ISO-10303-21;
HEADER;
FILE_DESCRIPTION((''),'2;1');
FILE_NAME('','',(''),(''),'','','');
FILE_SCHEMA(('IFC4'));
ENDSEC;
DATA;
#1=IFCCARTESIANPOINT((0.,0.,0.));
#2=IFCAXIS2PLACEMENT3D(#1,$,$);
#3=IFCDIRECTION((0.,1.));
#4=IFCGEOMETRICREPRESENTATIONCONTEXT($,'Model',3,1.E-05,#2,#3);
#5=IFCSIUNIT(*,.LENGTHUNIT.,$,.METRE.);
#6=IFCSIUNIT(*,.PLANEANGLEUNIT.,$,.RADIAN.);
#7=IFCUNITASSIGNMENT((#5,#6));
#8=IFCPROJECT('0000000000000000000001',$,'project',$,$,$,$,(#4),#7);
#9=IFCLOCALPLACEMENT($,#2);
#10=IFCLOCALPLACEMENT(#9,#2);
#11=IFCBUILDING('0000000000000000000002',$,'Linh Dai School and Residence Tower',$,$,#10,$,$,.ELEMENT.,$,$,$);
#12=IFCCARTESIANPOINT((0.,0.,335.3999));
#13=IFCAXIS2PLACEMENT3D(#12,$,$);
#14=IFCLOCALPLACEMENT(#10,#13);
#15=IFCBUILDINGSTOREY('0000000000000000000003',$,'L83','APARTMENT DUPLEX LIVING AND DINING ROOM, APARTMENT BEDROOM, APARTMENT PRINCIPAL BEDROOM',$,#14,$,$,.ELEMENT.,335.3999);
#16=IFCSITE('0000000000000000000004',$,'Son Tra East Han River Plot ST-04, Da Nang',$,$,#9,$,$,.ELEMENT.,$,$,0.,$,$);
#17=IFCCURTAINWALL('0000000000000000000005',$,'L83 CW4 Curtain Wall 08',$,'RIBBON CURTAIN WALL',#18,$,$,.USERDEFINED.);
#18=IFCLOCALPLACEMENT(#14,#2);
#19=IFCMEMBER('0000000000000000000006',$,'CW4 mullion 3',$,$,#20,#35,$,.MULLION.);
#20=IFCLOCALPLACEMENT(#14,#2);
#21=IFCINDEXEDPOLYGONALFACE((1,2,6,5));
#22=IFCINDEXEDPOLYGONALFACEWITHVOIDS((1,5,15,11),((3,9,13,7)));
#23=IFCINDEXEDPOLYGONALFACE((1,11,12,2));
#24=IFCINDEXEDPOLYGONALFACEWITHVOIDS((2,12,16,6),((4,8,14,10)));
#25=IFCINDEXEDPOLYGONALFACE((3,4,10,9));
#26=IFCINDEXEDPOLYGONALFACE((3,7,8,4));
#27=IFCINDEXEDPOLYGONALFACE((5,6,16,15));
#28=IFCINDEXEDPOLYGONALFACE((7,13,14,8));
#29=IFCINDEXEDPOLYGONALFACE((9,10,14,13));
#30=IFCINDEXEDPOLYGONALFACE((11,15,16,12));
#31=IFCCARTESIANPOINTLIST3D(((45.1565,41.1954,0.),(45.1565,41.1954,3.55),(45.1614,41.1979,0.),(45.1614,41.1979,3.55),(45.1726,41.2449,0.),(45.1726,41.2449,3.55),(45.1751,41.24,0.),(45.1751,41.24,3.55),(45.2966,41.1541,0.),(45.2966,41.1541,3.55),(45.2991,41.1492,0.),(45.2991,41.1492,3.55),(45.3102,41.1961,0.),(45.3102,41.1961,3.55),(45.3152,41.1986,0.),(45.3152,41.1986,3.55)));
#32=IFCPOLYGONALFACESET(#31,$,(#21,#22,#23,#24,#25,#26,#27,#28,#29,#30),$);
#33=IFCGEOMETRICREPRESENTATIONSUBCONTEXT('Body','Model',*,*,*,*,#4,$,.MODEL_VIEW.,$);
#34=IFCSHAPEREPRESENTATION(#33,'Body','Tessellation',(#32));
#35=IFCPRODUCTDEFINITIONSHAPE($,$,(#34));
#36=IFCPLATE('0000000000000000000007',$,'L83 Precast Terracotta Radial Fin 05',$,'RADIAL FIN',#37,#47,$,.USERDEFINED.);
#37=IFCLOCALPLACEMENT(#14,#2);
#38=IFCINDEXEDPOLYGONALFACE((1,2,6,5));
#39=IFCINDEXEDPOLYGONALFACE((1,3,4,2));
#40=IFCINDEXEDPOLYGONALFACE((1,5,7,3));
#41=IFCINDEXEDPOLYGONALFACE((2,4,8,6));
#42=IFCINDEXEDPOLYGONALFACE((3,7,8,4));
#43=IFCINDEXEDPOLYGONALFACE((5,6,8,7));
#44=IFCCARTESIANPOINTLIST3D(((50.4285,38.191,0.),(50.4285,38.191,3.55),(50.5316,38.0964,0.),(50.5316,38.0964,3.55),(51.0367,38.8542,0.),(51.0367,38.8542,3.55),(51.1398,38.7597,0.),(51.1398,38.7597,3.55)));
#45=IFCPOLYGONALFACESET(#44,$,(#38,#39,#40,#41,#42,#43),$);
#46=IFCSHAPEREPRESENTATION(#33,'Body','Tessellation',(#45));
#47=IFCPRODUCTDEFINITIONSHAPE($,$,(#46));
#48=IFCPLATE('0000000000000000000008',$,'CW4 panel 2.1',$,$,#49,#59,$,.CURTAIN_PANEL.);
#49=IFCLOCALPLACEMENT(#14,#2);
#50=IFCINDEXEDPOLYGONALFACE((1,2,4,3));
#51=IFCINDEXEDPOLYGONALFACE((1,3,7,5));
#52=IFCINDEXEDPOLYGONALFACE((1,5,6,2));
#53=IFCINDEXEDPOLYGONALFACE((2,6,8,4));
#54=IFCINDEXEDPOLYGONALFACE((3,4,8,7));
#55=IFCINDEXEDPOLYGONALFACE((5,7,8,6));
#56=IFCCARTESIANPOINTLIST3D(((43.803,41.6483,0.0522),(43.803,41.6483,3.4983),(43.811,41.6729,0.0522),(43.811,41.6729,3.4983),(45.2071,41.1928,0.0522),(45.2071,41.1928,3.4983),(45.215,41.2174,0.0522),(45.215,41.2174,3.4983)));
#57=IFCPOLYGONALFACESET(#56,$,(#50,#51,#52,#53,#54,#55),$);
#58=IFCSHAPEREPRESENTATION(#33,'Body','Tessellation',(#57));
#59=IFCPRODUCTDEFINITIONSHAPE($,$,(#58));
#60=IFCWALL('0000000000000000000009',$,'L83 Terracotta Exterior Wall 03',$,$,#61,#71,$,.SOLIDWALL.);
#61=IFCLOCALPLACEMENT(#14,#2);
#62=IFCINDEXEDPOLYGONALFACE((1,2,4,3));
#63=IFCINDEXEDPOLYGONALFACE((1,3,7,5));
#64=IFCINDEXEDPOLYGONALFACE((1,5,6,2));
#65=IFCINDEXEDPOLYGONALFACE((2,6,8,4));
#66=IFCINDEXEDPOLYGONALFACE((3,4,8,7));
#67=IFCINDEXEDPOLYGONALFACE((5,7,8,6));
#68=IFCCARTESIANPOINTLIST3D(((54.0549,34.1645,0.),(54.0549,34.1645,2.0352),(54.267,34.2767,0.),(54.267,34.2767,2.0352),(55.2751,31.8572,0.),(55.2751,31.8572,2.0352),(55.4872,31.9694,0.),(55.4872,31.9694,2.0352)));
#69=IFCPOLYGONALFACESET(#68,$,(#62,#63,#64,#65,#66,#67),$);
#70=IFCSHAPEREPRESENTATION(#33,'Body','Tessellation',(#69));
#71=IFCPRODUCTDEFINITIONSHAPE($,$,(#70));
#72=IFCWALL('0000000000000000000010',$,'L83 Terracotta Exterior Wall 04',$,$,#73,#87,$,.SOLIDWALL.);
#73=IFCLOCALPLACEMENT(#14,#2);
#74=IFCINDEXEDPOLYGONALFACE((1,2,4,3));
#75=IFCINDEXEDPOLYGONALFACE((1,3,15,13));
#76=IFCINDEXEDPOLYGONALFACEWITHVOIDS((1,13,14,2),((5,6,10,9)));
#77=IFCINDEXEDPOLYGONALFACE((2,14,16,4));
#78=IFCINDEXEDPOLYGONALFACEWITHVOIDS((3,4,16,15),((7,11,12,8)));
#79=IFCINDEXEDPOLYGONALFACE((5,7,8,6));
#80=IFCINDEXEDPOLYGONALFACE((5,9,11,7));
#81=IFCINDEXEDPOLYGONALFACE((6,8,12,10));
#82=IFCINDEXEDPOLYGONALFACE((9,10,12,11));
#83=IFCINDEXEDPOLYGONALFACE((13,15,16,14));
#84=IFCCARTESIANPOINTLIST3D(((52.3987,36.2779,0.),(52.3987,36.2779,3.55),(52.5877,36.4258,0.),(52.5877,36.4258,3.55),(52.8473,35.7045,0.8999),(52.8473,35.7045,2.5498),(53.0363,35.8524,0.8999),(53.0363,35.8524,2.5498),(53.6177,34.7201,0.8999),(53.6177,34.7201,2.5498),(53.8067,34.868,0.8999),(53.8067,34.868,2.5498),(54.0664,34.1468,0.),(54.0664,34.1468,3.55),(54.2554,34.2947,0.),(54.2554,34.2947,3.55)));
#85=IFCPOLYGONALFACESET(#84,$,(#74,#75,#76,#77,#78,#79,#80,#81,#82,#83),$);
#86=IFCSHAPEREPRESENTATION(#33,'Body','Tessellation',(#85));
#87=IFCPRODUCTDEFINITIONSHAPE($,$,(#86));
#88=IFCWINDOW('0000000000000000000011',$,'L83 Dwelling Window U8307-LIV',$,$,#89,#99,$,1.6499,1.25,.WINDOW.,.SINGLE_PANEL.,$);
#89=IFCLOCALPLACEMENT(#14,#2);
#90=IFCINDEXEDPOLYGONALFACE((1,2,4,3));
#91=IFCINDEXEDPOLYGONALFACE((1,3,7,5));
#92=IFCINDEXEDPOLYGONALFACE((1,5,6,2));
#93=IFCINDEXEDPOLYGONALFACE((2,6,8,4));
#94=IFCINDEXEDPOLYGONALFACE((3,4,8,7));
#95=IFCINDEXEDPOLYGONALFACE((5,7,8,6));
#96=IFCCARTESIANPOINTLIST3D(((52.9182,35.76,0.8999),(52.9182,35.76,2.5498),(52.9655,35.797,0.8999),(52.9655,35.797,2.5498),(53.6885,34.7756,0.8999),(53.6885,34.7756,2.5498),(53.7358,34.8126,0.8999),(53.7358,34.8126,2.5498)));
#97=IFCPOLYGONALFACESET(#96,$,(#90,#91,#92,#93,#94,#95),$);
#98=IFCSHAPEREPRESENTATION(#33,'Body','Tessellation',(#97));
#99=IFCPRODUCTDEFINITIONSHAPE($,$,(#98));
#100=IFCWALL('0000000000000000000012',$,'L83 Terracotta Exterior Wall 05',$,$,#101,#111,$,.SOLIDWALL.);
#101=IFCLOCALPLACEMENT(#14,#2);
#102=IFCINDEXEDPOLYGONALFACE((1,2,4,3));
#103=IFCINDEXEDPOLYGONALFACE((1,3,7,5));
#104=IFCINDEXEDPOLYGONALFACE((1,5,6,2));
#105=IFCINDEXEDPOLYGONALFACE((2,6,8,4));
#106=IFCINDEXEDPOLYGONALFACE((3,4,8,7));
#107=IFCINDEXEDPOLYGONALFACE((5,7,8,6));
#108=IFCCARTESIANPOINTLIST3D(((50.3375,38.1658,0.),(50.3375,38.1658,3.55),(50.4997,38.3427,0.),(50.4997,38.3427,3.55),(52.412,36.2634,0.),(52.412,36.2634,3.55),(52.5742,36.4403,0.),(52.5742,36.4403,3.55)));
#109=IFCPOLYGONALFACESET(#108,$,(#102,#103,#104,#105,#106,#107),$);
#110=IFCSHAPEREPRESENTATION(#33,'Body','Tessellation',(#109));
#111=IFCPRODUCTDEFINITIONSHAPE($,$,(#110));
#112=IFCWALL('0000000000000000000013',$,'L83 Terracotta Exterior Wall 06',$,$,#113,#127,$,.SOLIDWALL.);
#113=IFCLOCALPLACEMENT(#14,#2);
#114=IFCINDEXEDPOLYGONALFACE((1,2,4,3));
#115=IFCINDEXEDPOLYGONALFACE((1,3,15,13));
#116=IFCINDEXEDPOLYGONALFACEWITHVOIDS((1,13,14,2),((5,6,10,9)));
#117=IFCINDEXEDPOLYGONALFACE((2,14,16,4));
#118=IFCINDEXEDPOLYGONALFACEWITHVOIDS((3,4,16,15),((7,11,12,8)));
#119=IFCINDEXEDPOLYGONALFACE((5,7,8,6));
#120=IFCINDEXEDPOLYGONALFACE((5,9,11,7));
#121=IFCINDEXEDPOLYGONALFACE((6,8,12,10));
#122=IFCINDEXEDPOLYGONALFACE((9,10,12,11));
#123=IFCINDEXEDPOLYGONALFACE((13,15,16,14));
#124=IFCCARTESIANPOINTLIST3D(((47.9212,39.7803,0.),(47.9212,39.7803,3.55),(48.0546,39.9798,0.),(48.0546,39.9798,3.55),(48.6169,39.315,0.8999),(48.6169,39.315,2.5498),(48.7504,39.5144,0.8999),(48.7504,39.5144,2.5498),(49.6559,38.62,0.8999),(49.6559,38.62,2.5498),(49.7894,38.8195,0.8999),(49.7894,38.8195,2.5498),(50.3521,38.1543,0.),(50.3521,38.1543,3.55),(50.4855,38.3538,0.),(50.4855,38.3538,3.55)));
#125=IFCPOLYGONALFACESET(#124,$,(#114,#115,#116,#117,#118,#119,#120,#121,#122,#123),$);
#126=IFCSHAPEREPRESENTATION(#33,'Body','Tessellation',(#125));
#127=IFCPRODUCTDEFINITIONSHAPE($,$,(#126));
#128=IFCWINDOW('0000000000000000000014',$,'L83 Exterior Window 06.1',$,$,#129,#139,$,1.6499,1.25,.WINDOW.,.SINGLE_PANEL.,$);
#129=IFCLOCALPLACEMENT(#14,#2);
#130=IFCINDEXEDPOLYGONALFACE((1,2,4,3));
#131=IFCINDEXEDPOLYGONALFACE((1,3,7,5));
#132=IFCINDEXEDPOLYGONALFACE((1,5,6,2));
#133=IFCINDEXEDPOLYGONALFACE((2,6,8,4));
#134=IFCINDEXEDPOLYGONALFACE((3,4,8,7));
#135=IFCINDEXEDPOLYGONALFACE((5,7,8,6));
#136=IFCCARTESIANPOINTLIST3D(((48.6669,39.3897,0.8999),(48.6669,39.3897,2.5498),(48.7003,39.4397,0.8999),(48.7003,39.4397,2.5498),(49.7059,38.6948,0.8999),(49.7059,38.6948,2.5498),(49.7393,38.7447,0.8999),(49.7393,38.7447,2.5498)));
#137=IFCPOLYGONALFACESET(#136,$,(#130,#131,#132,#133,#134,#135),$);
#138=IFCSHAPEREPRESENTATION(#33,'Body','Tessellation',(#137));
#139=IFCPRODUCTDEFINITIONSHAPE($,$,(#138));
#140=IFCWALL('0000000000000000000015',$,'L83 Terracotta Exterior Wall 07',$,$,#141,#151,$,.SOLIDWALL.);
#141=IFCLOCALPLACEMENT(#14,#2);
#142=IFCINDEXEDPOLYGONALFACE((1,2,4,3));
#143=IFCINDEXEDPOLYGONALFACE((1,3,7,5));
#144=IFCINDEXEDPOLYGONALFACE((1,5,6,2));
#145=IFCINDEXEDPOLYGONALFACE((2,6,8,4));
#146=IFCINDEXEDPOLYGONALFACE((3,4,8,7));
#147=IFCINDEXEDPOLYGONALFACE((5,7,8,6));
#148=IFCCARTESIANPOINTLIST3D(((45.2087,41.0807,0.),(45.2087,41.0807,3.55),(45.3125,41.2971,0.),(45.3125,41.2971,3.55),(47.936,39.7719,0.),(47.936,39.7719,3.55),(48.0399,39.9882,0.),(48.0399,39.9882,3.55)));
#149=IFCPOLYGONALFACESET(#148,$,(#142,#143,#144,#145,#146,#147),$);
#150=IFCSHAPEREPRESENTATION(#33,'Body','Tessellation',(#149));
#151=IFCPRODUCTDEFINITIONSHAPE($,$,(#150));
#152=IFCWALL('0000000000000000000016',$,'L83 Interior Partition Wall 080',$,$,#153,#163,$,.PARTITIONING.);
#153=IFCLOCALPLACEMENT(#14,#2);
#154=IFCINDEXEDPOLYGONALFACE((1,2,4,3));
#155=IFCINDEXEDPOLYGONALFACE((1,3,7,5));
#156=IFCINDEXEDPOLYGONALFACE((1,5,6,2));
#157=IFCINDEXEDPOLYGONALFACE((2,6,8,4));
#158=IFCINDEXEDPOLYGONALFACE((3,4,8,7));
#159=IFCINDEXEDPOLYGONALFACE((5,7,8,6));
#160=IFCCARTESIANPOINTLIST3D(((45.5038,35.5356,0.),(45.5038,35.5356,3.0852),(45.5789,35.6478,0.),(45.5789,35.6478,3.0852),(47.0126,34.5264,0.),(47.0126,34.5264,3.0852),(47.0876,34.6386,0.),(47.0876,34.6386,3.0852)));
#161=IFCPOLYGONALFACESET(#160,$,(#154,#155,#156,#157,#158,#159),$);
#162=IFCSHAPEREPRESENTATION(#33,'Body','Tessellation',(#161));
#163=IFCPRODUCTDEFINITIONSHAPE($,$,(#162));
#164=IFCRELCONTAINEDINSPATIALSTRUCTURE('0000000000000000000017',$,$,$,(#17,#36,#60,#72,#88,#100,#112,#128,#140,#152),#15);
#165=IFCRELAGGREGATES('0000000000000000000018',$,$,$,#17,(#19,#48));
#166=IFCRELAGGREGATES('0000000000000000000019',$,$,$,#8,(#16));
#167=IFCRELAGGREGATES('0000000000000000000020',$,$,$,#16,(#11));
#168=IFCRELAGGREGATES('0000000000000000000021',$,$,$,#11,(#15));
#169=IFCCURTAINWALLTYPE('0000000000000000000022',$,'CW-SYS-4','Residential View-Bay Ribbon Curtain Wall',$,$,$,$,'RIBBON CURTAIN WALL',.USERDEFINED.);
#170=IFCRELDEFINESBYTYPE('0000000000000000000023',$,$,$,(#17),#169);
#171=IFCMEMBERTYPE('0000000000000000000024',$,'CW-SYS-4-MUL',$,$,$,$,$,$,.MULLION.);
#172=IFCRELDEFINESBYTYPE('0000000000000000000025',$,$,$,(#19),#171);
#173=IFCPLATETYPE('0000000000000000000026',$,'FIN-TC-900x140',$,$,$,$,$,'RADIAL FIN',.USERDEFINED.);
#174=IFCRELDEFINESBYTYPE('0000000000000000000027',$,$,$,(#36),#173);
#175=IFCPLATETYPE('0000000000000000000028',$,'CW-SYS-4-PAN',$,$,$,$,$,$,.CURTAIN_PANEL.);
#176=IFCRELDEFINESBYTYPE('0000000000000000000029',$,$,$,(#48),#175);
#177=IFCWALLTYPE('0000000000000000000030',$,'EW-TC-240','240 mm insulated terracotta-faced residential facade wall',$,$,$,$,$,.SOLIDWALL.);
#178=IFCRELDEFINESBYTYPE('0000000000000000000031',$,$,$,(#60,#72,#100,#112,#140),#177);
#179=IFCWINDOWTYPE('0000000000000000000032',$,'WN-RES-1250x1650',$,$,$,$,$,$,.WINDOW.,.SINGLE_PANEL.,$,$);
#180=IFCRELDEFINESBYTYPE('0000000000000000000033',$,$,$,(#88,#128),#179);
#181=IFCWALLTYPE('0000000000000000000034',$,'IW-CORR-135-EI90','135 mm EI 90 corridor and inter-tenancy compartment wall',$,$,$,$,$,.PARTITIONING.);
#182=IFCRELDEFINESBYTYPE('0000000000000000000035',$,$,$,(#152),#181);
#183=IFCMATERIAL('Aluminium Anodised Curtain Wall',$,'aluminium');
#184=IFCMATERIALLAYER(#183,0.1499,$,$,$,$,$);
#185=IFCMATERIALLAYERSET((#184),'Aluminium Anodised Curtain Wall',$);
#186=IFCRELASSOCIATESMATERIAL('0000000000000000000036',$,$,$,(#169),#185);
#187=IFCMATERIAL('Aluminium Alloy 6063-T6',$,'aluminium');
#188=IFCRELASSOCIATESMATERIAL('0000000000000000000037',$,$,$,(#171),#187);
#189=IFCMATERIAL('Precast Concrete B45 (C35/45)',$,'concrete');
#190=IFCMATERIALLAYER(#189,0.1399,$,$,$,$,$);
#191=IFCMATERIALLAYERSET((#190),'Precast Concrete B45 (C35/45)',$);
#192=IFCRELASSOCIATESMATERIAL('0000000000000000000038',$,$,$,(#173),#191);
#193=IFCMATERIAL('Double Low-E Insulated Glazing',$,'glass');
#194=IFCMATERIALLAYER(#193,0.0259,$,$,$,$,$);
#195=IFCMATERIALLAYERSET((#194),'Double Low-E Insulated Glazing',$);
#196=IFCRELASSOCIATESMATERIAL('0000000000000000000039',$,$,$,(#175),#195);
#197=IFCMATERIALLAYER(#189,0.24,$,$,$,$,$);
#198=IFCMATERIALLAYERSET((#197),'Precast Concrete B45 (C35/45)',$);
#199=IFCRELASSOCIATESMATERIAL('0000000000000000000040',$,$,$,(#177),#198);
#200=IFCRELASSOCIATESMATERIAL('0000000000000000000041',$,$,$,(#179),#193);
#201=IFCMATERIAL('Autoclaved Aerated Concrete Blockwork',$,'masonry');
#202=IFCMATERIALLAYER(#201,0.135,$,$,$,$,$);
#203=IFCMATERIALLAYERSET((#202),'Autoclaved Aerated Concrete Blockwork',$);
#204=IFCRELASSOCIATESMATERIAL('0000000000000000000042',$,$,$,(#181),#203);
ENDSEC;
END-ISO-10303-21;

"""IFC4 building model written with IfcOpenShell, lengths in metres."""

from ifc_helpers import new_model, si_unit, direction, frame, frame_2d, origin, origin_2d, place, context, subcontext, project, spatial, rectangle, hollow_rectangle, extrude, source, transform, mapped, material, layer, layer_set, material_profile, profile_set, type_object, element, fill, aggregate, save


model = new_model("IFC4")

# Units and contexts
model_context = context("Model", 3, precision=1e-05, world=origin(), true_north=direction((0.0, 1.0)))
body_context = subcontext(model_context, "Body", "Model", "MODEL_VIEW")
ifc_project = project(units=[si_unit("LENGTHUNIT", "METRE"), si_unit("PLANEANGLEUNIT", "RADIAN")], contexts=[model_context])

# Site, building, storey
site_placement = place(None, origin())
site = spatial("IfcSite", under=ifc_project, at=site_placement, Name="Son Tra East Han River Plot ST-04, Da Nang", CompositionType="ELEMENT", RefElevation=0.0)
building_placement = place(site_placement, origin())
building = spatial("IfcBuilding", under=site, at=building_placement, Name="Linh Dai School and Residence Tower", CompositionType="ELEMENT")
storey_placement = place(building_placement, frame((0.0, 0.0, 335.3999)))
storey = spatial("IfcBuildingStorey", under=building, at=storey_placement, Name="L83", Description="APARTMENT DUPLEX LIVING AND DINING ROOM, APARTMENT BEDROOM, APARTMENT PRINCIPAL BEDROOM", CompositionType="ELEMENT", Elevation=335.3999)

# Curtain wall, member
ifc_material_1 = material(Name="Aluminium Anodised Curtain Wall", Category="aluminium")
ifc_layer_1 = layer(ifc_material_1, 0.1499)
ifc_layer_set_1 = layer_set([ifc_layer_1], Name="Aluminium Anodised Curtain Wall")
curtain_wall_type = type_object("IfcCurtainWallType", Name="CW-SYS-4", Description="Residential View-Bay Ribbon Curtain Wall", ElementType="RIBBON CURTAIN WALL", PredefinedType="USERDEFINED", material=ifc_layer_set_1)
curtain_wall_placement = place(storey_placement, origin())
curtain_wall = element("IfcCurtainWall", 1, at=curtain_wall_placement, inside=storey, type_object=curtain_wall_type, Name="L83 CW4 Curtain Wall 08", ObjectType="RIBBON CURTAIN WALL", PredefinedType="USERDEFINED")
ifc_material_2 = material(Name="Aluminium Alloy 6063-T6", Category="aluminium")
ifc_material_profile_1 = material_profile(ifc_material_2, hollow_rectangle(XDim=0.052, YDim=0.1499, WallThickness=0.0039, at=origin_2d()), Name="RHS 150x52x4")
ifc_profile_set_1 = profile_set([ifc_material_profile_1], Name="Aluminium Alloy 6063-T6")
member_type = type_object("IfcMemberType", Name="CW-SYS-4-MUL", PredefinedType="MULLION", material=ifc_profile_set_1)
shared_shape_1 = source(origin(), body_context, "Body", "SweptSolid", [
    extrude(hollow_rectangle(XDim=0.052, YDim=0.1499, WallThickness=0.0039, at=origin_2d()), origin(), (0.0, 0.0, 1.0), 3.55),
])
member_placement = place(storey_placement, frame((45.2358, 41.197, 0.0), z_axis=(0.0, 0.0, 1.0), x_axis=(0.308565, 0.951203, 0.0)))
member = element("IfcMember", 2, at=member_placement, type_object=member_type, Name="CW4 mullion 3", PredefinedType="MULLION", context=body_context, shape_type="MappedRepresentation", body=[
    mapped(shared_shape_1, transform((0.0, 0.0, 0.0), x_axis=(1.0, 0.0, 0.0), y_axis=(0.0, 1.0, 0.0), z_axis=(0.0, 0.0, 1.0), scale=1.0)),
])

# Plates
ifc_material_3 = material(Name="Precast Concrete B45 (C35/45)", Category="concrete")
ifc_layer_2 = layer(ifc_material_3, 0.1399)
ifc_layer_set_2 = layer_set([ifc_layer_2], Name="Precast Concrete B45 (C35/45)")
plate_type_1 = type_object("IfcPlateType", Name="FIN-TC-900x140", ElementType="RADIAL FIN", PredefinedType="USERDEFINED", material=ifc_layer_set_2)
shared_shape_2 = source(origin(), body_context, "Body", "SweptSolid", [
    extrude(rectangle(XDim=0.8999, YDim=0.1399, at=origin_2d()), origin(), (0.0, 0.0, 1.0), 3.55),
])
plate_1_placement = place(storey_placement, frame((50.7842, 38.4753, 0.0), z_axis=(0.0, 0.0, 1.0), x_axis=(0.675841, 0.737048, 0.0)))
element("IfcPlate", 3, at=plate_1_placement, inside=storey, type_object=plate_type_1, Name="L83 Precast Terracotta Radial Fin 05", ObjectType="RADIAL FIN", PredefinedType="USERDEFINED", context=body_context, shape_type="MappedRepresentation", body=[
    mapped(shared_shape_2, transform((0.0, 0.0, 0.0), x_axis=(1.0, 0.0, 0.0), y_axis=(0.0, 1.0, 0.0), z_axis=(0.0, 0.0, 1.0), scale=1.0)),
])
ifc_material_4 = material(Name="Double Low-E Insulated Glazing", Category="glass")
ifc_layer_3 = layer(ifc_material_4, 0.0259)
ifc_layer_set_3 = layer_set([ifc_layer_3], Name="Double Low-E Insulated Glazing")
plate_type_2 = type_object("IfcPlateType", Name="CW-SYS-4-PAN", PredefinedType="CURTAIN_PANEL", material=ifc_layer_set_3)
shared_shape_3 = source(origin(), body_context, "Body", "SweptSolid", [
    extrude(rectangle(XDim=1.4761, YDim=0.0259, at=origin_2d()), origin(), (0.0, 0.0, 1.0), 3.446),
])
plate_2_placement = place(storey_placement, frame((44.509, 41.4329, 0.0522), z_axis=(0.0, 0.0, 1.0), x_axis=(0.951203, -0.308565, 0.0)))
plate_2 = element("IfcPlate", 4, at=plate_2_placement, type_object=plate_type_2, Name="CW4 panel 2.1", PredefinedType="CURTAIN_PANEL", context=body_context, shape_type="MappedRepresentation", body=[
    mapped(shared_shape_3, transform((0.0, 0.0, 0.0), x_axis=(1.0, 0.0, 0.0), y_axis=(0.0, 1.0, 0.0), z_axis=(0.0, 0.0, 1.0), scale=1.0)),
])
aggregate(curtain_wall, [member, plate_2])

# Wall
ifc_layer_4 = layer(ifc_material_3, 0.24)
ifc_layer_set_4 = layer_set([ifc_layer_4], Name="Precast Concrete B45 (C35/45)")
wall_type_1 = type_object("IfcWallType", Name="EW-TC-240", Description="240 mm insulated terracotta-faced residential facade wall", PredefinedType="SOLIDWALL", material=ifc_layer_set_4)
wall_1_placement = place(storey_placement, frame((54.1609, 34.2207, 0.0), z_axis=(0.0, 0.0, 1.0), x_axis=(0.467488, -0.883999, 0.0)))
element("IfcWall", 5, at=wall_1_placement, inside=storey, type_object=wall_type_1, Name="L83 Terracotta Exterior Wall 03", PredefinedType="SOLIDWALL", context=body_context, shape_type="SweptSolid", body=[
    extrude(rectangle(XDim=2.6101, YDim=0.24, at=frame_2d((1.3052, 0.0))), origin(), (0.0, 0.0, 1.0), 2.0352),
])

# Wall, opening, window
wall_2_placement = place(storey_placement, frame((52.4932, 36.3518, 0.0), z_axis=(0.0, 0.0, 1.0), x_axis=(0.616286, -0.787522, 0.0)))
wall_2 = element("IfcWall", 6, at=wall_2_placement, inside=storey, type_object=wall_type_1, Name="L83 Terracotta Exterior Wall 04", PredefinedType="SOLIDWALL", context=body_context, shape_type="SweptSolid", body=[
    extrude(rectangle(XDim=2.7061, YDim=0.24, at=frame_2d((1.353, 0.0))), origin(), (0.0, 0.0, 1.0), 3.55),
])
opening_1_placement = place(wall_2_placement, frame((0.728, 0.0, 0.8999)))
opening_1 = element("IfcOpeningElement", 7, at=opening_1_placement, cuts=wall_2, PredefinedType="OPENING", context=body_context, shape_type="SweptSolid", body=[
    extrude(rectangle(XDim=1.25, YDim=1.6499, at=origin_2d()), frame((0.625, 0.1299, 0.825), z_axis=(0.0, -1.0, 0.0), x_axis=(1.0, 0.0, 0.0)), (0.0, 0.0, 1.0), 0.26),
])
window_type = type_object("IfcWindowType", Name="WN-RES-1250x1650", PartitioningType="SINGLE_PANEL", PredefinedType="WINDOW", material=ifc_material_4)
shared_shape_4 = source(origin(), body_context, "Body", "SweptSolid", [
    extrude(rectangle(XDim=1.25, YDim=1.6499, at=origin_2d()), frame((0.625, 0.03, 0.825), z_axis=(0.0, -1.0, 0.0), x_axis=(1.0, 0.0, 0.0)), (0.0, 0.0, 1.0), 0.0601),
])
window_1_placement = place(opening_1_placement, origin())
window_1 = element("IfcWindow", 8, at=window_1_placement, inside=storey, type_object=window_type, Name="L83 Dwelling Window U8307-LIV", OverallHeight=1.6499, OverallWidth=1.25, PartitioningType="SINGLE_PANEL", PredefinedType="WINDOW", context=body_context, shape_type="MappedRepresentation", body=[
    mapped(shared_shape_4, transform((0.0, 0.0, 0.0), x_axis=(1.0, 0.0, 0.0), y_axis=(0.0, 1.0, 0.0), z_axis=(0.0, 0.0, 1.0), scale=1.0)),
])
fill(opening_1, window_1)

# Wall
wall_3_placement = place(storey_placement, frame((50.4187, 38.2542, 0.0), z_axis=(0.0, 0.0, 1.0), x_axis=(0.737021, -0.67587, 0.0)))
element("IfcWall", 9, at=wall_3_placement, inside=storey, type_object=wall_type_1, Name="L83 Terracotta Exterior Wall 05", PredefinedType="SOLIDWALL", context=body_context, shape_type="SweptSolid", body=[
    extrude(rectangle(XDim=2.8147, YDim=0.24, at=frame_2d((1.4072, 0.0))), origin(), (0.0, 0.0, 1.0), 3.55),
])

# Wall, opening, window
wall_4_placement = place(storey_placement, frame((47.9878, 39.8801, 0.0), z_axis=(0.0, 0.0, 1.0), x_axis=(0.831202, -0.555971, 0.0)))
wall_4 = element("IfcWall", 10, at=wall_4_placement, inside=storey, type_object=wall_type_1, Name="L83 Terracotta Exterior Wall 06", PredefinedType="SOLIDWALL", context=body_context, shape_type="SweptSolid", body=[
    extrude(rectangle(XDim=2.9246, YDim=0.24, at=frame_2d((1.4624, 0.0))), origin(), (0.0, 0.0, 1.0), 3.55),
])
opening_2_placement = place(wall_4_placement, frame((0.8372, 0.0, 0.8999)))
opening_2 = element("IfcOpeningElement", 11, at=opening_2_placement, cuts=wall_4, PredefinedType="OPENING", context=body_context, shape_type="SweptSolid", body=[
    extrude(rectangle(XDim=1.25, YDim=1.6499, at=origin_2d()), frame((0.625, 0.1299, 0.825), z_axis=(0.0, -1.0, 0.0), x_axis=(1.0, 0.0, 0.0)), (0.0, 0.0, 1.0), 0.26),
])
window_2_placement = place(opening_2_placement, origin())
window_2 = element("IfcWindow", 12, at=window_2_placement, inside=storey, type_object=window_type, Name="L83 Exterior Window 06.1", OverallHeight=1.6499, OverallWidth=1.25, PartitioningType="SINGLE_PANEL", PredefinedType="WINDOW", context=body_context, shape_type="MappedRepresentation", body=[
    mapped(shared_shape_4, transform((0.0, 0.0, 0.0), x_axis=(1.0, 0.0, 0.0), y_axis=(0.0, 1.0, 0.0), z_axis=(0.0, 0.0, 1.0), scale=1.0)),
])
fill(opening_2, window_2)

# Walls
wall_5_placement = place(storey_placement, frame((45.2605, 41.189, 0.0), z_axis=(0.0, 0.0, 1.0), x_axis=(0.901557, -0.43266, 0.0)))
element("IfcWall", 13, at=wall_5_placement, inside=storey, type_object=wall_type_1, Name="L83 Terracotta Exterior Wall 07", PredefinedType="SOLIDWALL", context=body_context, shape_type="SweptSolid", body=[
    extrude(rectangle(XDim=3.0251, YDim=0.24, at=frame_2d((1.5127, 0.0))), origin(), (0.0, 0.0, 1.0), 3.55),
])
ifc_material_5 = material(Name="Autoclaved Aerated Concrete Blockwork", Category="masonry")
ifc_layer_5 = layer(ifc_material_5, 0.135)
ifc_layer_set_5 = layer_set([ifc_layer_5], Name="Autoclaved Aerated Concrete Blockwork")
wall_type_2 = type_object("IfcWallType", Name="IW-CORR-135-EI90", Description="135 mm EI 90 corridor and inter-tenancy compartment wall", PredefinedType="PARTITIONING", material=ifc_layer_set_5)
wall_6_placement = place(storey_placement, frame((45.5413, 35.5918, 0.0), z_axis=(0.0, 0.0, 1.0), x_axis=(0.83118, -0.556003, 0.0)))
element("IfcWall", 14, at=wall_6_placement, inside=storey, type_object=wall_type_2, Name="L83 Interior Partition Wall 080", PredefinedType="PARTITIONING", context=body_context, shape_type="SweptSolid", body=[
    extrude(rectangle(XDim=1.8152, YDim=0.135, at=frame_2d((0.9077, 0.0))), origin(), (0.0, 0.0, 1.0), 3.0852),
])

save(model, "model.ifc")
